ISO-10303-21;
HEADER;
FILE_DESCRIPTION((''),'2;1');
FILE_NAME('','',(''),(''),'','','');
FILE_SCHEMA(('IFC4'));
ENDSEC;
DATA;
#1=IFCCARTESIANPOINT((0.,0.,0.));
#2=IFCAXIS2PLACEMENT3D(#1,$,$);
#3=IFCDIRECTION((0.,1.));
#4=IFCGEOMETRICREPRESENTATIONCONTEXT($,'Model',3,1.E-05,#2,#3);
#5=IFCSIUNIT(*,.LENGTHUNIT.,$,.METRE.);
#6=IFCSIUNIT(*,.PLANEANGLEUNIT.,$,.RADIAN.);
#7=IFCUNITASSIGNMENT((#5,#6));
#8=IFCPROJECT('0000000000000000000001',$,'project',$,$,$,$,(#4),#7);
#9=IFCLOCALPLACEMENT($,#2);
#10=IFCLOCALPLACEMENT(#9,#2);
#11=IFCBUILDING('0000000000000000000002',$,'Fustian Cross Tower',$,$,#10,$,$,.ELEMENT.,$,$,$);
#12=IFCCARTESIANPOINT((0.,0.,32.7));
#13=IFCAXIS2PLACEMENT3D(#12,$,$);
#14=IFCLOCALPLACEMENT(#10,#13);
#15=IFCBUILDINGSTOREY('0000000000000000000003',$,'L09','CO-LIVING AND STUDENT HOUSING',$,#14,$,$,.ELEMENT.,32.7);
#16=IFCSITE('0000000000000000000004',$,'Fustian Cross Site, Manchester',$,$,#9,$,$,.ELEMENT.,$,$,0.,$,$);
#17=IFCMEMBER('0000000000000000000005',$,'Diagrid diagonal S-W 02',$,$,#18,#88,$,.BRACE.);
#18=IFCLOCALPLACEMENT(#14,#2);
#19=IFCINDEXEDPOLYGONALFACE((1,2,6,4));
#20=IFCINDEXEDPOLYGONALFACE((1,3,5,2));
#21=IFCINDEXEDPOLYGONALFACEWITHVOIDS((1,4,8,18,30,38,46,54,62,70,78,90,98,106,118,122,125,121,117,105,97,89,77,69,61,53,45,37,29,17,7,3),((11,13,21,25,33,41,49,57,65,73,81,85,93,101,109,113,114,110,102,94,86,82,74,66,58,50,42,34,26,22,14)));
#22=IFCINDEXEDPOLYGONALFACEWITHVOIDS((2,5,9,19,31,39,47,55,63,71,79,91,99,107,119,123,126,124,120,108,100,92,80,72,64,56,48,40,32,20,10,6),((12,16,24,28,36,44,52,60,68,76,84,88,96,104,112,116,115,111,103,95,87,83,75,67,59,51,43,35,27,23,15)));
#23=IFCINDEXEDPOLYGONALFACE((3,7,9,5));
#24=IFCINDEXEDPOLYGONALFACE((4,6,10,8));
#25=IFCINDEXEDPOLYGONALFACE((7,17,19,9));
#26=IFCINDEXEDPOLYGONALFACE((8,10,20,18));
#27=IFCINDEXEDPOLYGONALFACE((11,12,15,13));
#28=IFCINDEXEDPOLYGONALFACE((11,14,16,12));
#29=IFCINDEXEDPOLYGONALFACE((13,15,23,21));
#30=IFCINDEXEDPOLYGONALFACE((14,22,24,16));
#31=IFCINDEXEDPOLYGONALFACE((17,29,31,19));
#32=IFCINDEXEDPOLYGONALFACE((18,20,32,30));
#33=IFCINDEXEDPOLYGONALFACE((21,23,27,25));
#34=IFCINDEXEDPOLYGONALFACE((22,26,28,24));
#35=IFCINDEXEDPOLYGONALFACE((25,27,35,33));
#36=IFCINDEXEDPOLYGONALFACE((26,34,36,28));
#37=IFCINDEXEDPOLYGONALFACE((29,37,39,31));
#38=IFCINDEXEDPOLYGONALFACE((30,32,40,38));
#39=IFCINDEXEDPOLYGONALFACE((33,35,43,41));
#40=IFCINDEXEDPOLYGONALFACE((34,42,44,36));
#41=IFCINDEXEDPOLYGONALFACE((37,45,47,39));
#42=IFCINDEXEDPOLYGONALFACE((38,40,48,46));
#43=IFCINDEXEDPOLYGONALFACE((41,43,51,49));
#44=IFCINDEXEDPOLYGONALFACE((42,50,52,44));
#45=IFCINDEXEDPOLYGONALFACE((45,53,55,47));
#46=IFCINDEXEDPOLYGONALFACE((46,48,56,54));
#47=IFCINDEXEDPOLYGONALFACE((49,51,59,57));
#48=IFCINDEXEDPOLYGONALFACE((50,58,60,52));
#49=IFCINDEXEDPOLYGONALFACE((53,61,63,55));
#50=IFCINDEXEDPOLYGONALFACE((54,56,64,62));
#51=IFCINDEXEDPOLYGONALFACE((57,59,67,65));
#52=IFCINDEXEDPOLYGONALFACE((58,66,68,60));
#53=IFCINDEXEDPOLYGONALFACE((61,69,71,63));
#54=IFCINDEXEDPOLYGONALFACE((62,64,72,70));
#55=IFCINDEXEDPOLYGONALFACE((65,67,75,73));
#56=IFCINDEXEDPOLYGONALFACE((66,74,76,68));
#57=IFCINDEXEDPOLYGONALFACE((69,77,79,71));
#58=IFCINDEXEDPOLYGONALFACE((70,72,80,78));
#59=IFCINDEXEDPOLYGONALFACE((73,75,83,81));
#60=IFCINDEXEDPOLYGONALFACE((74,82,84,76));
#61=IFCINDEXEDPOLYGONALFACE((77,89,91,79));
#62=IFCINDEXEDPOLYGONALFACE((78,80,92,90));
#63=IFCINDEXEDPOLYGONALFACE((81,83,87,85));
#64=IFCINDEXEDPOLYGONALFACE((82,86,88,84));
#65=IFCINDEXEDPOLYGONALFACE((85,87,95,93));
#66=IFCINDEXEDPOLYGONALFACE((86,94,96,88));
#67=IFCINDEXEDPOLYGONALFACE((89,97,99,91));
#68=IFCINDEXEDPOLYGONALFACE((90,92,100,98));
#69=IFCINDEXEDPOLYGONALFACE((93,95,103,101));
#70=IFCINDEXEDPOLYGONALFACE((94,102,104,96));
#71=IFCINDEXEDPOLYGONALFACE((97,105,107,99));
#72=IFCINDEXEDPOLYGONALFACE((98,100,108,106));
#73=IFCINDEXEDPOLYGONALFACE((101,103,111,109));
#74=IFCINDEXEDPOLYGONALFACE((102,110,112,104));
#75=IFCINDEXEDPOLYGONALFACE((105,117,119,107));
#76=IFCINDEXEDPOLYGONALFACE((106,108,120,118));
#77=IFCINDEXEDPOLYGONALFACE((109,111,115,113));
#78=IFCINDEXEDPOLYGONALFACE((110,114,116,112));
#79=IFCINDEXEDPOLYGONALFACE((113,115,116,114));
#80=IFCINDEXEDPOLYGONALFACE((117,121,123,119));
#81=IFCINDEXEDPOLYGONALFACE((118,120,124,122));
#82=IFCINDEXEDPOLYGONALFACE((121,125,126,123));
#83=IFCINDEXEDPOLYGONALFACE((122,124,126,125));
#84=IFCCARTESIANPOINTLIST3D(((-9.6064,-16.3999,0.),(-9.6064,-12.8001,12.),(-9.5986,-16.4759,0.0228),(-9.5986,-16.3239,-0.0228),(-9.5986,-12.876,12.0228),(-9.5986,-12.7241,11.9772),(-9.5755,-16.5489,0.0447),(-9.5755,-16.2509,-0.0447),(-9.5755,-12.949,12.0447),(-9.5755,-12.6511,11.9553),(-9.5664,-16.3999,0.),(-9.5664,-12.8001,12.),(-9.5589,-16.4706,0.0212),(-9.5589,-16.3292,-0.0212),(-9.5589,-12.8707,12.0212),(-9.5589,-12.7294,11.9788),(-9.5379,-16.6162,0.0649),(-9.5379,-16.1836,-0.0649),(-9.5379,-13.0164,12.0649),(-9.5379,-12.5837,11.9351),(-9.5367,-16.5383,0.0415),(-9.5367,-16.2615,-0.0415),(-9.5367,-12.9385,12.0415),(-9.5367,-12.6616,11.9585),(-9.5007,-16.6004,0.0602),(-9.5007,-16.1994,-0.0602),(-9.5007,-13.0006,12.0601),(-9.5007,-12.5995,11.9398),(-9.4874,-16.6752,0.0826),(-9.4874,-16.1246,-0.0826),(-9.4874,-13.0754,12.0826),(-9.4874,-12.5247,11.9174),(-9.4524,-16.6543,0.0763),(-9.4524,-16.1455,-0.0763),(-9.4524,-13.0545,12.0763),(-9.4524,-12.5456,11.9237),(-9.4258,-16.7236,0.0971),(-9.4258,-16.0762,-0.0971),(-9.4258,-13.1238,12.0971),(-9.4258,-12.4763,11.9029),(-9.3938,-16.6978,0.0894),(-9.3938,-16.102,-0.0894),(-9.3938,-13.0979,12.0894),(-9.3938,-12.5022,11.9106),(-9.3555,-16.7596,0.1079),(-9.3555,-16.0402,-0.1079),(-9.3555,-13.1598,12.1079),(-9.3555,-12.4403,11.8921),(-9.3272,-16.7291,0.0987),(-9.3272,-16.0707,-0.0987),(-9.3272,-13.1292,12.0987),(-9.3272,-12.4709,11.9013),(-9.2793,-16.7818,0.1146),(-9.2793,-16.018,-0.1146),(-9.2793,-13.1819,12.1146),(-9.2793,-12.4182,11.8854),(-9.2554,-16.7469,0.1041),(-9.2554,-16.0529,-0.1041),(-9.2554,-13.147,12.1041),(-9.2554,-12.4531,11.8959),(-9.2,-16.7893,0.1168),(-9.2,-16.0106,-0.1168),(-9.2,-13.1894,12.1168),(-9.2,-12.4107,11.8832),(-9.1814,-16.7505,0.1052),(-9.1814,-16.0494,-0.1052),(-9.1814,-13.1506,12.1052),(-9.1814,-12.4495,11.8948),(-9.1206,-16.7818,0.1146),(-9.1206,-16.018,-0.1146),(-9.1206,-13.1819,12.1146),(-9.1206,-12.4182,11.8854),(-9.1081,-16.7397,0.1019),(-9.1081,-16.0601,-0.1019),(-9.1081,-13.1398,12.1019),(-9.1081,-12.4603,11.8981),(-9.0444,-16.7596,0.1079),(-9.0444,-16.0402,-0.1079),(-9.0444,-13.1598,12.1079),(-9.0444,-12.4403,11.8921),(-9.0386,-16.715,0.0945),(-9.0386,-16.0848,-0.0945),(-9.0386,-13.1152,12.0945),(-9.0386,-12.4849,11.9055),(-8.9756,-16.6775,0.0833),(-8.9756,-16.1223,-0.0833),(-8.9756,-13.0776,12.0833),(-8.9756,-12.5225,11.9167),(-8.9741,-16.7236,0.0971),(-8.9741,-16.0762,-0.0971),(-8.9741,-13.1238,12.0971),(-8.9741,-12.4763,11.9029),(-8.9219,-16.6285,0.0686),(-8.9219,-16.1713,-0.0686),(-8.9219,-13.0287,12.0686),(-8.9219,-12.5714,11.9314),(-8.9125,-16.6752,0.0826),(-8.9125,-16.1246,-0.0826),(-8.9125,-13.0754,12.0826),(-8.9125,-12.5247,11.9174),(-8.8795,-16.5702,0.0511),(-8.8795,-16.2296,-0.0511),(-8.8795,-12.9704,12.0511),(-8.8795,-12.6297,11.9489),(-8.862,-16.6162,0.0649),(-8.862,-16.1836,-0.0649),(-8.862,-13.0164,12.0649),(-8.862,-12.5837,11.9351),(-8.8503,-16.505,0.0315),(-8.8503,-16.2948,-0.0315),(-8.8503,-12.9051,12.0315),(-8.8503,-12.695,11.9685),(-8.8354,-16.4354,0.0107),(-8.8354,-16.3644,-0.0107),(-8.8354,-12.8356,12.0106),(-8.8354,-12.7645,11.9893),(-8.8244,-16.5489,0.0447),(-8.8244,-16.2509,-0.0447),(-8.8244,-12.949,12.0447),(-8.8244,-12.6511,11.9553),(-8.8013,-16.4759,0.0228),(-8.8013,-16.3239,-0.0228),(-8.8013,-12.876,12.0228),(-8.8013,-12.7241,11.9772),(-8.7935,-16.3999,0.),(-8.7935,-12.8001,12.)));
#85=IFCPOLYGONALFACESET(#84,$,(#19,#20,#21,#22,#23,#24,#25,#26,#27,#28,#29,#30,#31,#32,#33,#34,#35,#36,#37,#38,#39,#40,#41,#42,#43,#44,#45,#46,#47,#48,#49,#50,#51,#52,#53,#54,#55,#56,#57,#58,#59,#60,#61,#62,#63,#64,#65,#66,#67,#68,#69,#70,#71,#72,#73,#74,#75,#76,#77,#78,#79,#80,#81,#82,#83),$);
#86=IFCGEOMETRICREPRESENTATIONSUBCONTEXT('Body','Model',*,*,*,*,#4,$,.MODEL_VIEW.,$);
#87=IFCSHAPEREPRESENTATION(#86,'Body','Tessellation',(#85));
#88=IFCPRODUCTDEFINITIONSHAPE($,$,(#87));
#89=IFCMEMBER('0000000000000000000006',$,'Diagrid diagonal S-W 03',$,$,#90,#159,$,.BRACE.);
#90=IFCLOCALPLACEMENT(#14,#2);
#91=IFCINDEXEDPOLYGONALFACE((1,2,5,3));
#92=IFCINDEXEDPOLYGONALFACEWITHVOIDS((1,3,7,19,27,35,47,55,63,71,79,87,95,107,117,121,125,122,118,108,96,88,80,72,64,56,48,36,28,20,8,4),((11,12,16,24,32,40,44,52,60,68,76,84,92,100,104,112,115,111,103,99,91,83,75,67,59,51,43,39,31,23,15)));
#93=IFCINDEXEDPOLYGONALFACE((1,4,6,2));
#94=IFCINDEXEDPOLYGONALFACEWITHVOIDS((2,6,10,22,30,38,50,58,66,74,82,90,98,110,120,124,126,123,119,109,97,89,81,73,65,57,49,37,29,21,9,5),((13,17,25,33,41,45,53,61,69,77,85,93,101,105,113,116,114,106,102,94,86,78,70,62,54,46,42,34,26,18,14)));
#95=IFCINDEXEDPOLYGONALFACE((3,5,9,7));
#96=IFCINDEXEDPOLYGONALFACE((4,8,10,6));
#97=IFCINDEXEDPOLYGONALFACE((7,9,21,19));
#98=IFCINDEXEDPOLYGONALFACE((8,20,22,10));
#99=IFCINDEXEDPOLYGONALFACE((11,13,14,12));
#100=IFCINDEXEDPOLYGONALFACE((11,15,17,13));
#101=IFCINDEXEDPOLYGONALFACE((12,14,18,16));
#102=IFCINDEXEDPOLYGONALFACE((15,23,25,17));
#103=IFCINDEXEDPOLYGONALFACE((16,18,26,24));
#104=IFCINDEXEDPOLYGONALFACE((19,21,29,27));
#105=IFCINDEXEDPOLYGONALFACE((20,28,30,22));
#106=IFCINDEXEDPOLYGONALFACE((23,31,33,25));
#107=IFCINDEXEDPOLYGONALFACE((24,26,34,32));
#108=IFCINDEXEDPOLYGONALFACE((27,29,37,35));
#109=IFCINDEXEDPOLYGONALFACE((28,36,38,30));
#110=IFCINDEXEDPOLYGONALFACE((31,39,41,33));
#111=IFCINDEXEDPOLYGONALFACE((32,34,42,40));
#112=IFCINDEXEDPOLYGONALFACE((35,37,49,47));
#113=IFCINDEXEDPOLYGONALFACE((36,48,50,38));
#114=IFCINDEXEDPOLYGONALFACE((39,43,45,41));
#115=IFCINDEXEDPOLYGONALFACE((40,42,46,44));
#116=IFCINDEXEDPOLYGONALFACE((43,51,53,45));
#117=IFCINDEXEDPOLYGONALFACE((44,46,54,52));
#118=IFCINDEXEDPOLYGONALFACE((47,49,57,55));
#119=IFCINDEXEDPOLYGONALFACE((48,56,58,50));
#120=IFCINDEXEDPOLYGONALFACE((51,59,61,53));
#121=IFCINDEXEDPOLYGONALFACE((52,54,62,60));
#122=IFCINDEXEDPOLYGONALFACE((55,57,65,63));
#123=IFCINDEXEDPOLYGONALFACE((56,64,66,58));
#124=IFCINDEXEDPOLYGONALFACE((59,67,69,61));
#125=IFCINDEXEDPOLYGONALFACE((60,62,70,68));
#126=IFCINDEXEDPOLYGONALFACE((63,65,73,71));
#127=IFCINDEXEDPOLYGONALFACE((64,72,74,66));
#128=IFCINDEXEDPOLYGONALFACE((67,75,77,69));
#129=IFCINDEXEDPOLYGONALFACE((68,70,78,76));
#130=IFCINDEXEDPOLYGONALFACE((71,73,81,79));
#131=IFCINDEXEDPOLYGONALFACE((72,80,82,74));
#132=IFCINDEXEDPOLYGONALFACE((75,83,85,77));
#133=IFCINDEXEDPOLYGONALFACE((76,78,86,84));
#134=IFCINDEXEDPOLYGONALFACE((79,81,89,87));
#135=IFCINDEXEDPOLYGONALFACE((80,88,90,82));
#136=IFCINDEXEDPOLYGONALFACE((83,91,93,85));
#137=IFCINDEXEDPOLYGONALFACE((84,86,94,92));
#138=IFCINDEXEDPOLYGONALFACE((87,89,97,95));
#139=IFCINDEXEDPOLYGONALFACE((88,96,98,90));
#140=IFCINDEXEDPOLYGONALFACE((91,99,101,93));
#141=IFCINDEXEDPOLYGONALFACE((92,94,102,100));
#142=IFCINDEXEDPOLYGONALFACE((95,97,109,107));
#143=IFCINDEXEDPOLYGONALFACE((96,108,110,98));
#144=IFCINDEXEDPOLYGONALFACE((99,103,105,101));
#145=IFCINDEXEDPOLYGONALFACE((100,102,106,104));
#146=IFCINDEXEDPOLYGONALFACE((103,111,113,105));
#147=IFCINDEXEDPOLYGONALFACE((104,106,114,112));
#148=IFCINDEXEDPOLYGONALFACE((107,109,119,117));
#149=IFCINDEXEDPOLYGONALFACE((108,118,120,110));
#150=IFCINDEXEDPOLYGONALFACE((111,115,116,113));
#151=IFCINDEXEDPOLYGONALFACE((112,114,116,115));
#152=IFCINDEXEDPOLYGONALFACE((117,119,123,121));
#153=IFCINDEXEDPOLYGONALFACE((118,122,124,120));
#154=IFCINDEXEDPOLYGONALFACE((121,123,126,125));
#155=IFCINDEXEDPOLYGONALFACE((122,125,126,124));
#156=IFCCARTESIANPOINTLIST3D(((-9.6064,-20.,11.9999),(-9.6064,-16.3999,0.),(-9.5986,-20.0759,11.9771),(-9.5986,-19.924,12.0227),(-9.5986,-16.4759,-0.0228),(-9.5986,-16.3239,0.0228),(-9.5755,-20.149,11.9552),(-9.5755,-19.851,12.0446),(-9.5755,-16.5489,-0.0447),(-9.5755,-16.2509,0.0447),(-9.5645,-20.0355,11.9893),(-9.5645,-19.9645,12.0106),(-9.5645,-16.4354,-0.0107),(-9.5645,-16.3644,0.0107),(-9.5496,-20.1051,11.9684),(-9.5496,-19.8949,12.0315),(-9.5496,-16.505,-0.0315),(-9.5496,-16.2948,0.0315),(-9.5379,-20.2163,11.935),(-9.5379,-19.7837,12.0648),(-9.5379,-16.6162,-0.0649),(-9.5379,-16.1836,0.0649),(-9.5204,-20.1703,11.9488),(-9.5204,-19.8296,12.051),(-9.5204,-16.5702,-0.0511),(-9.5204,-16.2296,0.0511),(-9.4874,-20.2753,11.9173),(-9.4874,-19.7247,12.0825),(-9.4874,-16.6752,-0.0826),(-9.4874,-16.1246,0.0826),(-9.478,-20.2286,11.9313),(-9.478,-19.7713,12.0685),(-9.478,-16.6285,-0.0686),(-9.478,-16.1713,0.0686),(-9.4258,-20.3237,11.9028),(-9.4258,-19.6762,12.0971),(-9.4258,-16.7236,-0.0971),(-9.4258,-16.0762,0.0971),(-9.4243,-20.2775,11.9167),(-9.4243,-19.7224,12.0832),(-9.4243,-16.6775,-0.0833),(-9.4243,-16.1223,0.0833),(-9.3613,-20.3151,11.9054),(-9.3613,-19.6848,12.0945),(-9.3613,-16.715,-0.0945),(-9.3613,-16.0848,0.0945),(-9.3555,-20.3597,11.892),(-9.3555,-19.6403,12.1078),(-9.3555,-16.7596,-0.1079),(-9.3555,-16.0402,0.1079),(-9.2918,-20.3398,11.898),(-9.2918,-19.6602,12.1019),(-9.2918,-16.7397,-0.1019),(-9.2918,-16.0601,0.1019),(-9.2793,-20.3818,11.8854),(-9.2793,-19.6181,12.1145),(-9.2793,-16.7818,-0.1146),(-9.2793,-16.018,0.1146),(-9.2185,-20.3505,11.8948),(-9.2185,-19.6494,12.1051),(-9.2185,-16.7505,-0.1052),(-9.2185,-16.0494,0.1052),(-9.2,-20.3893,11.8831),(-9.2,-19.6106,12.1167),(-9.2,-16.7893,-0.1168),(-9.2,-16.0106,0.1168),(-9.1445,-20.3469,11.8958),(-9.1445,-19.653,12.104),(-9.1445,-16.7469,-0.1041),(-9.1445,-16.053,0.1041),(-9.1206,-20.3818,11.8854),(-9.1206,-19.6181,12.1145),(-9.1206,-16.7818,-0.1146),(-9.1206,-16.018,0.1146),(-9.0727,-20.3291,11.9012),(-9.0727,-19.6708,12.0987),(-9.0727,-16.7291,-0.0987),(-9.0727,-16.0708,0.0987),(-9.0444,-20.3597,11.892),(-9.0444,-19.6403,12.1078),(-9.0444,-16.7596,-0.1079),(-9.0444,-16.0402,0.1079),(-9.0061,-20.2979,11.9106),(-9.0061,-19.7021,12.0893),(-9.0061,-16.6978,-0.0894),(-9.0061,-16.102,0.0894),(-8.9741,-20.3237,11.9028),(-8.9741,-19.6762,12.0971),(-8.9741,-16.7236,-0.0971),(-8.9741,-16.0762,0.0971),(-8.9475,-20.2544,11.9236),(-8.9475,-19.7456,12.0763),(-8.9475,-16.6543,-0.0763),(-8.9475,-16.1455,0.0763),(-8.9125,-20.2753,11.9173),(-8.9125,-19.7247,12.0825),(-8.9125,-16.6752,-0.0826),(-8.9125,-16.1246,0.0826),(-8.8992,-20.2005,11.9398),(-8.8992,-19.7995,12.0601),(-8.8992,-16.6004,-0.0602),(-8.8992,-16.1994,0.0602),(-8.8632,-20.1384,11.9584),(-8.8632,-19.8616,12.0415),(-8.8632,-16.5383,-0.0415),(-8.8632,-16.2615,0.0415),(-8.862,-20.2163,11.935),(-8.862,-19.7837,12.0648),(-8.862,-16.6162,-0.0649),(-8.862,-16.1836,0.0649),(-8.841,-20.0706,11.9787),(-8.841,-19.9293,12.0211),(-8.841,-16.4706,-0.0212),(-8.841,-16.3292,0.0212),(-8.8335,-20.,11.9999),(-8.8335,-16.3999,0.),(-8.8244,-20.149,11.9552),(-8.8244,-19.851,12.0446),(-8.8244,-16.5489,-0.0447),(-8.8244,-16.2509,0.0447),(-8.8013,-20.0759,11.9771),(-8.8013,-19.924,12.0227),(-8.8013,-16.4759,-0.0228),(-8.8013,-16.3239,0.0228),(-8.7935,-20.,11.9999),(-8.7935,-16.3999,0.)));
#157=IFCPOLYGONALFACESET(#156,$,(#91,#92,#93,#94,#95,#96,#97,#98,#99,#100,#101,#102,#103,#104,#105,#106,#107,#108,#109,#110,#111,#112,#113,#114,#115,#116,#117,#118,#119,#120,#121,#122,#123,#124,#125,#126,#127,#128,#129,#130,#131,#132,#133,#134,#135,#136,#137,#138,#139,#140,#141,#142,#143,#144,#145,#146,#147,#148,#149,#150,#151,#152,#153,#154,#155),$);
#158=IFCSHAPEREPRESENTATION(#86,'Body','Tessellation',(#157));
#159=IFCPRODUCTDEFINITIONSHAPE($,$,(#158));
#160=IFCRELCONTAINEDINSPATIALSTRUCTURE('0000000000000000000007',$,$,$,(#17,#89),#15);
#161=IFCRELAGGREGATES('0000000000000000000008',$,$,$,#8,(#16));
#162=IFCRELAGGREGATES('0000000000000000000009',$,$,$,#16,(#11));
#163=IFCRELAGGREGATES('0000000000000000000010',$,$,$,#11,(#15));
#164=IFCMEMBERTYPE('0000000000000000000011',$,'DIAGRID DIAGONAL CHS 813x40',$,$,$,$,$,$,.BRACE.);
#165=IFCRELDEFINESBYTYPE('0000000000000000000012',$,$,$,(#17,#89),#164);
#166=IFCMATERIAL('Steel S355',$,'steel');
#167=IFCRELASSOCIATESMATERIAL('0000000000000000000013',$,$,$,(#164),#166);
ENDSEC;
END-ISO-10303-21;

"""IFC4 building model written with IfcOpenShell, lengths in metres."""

from ifc_helpers import new_model, si_unit, direction, frame, origin, origin_2d, place, context, subcontext, project, spatial, hollow_circle, extrude, material, material_profile, profile_set, type_object, element, save


model = new_model("IFC4")

# Units and contexts
model_context = context("Model", 3, precision=1e-05, world=origin(), true_north=direction((0.0, 1.0)))
body_context = subcontext(model_context, "Body", "Model", "MODEL_VIEW")
ifc_project = project(units=[si_unit("LENGTHUNIT", "METRE"), si_unit("PLANEANGLEUNIT", "RADIAN")], contexts=[model_context])

# Site, building, storey
site_placement = place(None, origin())
site = spatial("IfcSite", under=ifc_project, at=site_placement, Name="Fustian Cross Site, Manchester", CompositionType="ELEMENT", RefElevation=0.0)
building_placement = place(site_placement, origin())
building = spatial("IfcBuilding", under=site, at=building_placement, Name="Fustian Cross Tower", CompositionType="ELEMENT")
storey_placement = place(building_placement, frame((0.0, 0.0, 32.7)))
storey = spatial("IfcBuildingStorey", under=building, at=storey_placement, Name="L09", Description="CO-LIVING AND STUDENT HOUSING", CompositionType="ELEMENT", Elevation=32.7)

# Members
ifc_material_1 = material(Name="Steel S355", Category="steel")
ifc_material_profile_1 = material_profile(ifc_material_1, hollow_circle(Radius=0.4065, WallThickness=0.04, at=origin_2d()), Name="CHS 813x40")
ifc_profile_set_1 = profile_set([ifc_material_profile_1], Name="Steel S355")
member_type_1 = type_object("IfcMemberType", Name="DIAGRID DIAGONAL CHS 813x40", PredefinedType="BRACE", material=ifc_profile_set_1)
for number, where, z_axis, x_axis, name in (
    (1, (-9.2, -16.3999, 0.0), (0.0, 0.287337, 0.95783), (-1.0, 0.0, 0.0), "Diagrid diagonal S-W 02"),
    (2, (-9.2, -16.3999, 0.0), (0.0, -0.287355, 0.957824), (1.0, 0.0, 0.0), "Diagrid diagonal S-W 03"),
):
    element("IfcMember", number, at=place(storey_placement, frame(where, z_axis=z_axis, x_axis=x_axis)), inside=storey, type_object=member_type_1, Name=name, PredefinedType="BRACE", context=body_context, shape_type="SweptSolid", body=[
        extrude(hollow_circle(Radius=0.4065, WallThickness=0.04, at=origin_2d()), origin(), (0.0, 0.0, 1.0), 12.5283),
    ])

save(model, "model.ifc")
